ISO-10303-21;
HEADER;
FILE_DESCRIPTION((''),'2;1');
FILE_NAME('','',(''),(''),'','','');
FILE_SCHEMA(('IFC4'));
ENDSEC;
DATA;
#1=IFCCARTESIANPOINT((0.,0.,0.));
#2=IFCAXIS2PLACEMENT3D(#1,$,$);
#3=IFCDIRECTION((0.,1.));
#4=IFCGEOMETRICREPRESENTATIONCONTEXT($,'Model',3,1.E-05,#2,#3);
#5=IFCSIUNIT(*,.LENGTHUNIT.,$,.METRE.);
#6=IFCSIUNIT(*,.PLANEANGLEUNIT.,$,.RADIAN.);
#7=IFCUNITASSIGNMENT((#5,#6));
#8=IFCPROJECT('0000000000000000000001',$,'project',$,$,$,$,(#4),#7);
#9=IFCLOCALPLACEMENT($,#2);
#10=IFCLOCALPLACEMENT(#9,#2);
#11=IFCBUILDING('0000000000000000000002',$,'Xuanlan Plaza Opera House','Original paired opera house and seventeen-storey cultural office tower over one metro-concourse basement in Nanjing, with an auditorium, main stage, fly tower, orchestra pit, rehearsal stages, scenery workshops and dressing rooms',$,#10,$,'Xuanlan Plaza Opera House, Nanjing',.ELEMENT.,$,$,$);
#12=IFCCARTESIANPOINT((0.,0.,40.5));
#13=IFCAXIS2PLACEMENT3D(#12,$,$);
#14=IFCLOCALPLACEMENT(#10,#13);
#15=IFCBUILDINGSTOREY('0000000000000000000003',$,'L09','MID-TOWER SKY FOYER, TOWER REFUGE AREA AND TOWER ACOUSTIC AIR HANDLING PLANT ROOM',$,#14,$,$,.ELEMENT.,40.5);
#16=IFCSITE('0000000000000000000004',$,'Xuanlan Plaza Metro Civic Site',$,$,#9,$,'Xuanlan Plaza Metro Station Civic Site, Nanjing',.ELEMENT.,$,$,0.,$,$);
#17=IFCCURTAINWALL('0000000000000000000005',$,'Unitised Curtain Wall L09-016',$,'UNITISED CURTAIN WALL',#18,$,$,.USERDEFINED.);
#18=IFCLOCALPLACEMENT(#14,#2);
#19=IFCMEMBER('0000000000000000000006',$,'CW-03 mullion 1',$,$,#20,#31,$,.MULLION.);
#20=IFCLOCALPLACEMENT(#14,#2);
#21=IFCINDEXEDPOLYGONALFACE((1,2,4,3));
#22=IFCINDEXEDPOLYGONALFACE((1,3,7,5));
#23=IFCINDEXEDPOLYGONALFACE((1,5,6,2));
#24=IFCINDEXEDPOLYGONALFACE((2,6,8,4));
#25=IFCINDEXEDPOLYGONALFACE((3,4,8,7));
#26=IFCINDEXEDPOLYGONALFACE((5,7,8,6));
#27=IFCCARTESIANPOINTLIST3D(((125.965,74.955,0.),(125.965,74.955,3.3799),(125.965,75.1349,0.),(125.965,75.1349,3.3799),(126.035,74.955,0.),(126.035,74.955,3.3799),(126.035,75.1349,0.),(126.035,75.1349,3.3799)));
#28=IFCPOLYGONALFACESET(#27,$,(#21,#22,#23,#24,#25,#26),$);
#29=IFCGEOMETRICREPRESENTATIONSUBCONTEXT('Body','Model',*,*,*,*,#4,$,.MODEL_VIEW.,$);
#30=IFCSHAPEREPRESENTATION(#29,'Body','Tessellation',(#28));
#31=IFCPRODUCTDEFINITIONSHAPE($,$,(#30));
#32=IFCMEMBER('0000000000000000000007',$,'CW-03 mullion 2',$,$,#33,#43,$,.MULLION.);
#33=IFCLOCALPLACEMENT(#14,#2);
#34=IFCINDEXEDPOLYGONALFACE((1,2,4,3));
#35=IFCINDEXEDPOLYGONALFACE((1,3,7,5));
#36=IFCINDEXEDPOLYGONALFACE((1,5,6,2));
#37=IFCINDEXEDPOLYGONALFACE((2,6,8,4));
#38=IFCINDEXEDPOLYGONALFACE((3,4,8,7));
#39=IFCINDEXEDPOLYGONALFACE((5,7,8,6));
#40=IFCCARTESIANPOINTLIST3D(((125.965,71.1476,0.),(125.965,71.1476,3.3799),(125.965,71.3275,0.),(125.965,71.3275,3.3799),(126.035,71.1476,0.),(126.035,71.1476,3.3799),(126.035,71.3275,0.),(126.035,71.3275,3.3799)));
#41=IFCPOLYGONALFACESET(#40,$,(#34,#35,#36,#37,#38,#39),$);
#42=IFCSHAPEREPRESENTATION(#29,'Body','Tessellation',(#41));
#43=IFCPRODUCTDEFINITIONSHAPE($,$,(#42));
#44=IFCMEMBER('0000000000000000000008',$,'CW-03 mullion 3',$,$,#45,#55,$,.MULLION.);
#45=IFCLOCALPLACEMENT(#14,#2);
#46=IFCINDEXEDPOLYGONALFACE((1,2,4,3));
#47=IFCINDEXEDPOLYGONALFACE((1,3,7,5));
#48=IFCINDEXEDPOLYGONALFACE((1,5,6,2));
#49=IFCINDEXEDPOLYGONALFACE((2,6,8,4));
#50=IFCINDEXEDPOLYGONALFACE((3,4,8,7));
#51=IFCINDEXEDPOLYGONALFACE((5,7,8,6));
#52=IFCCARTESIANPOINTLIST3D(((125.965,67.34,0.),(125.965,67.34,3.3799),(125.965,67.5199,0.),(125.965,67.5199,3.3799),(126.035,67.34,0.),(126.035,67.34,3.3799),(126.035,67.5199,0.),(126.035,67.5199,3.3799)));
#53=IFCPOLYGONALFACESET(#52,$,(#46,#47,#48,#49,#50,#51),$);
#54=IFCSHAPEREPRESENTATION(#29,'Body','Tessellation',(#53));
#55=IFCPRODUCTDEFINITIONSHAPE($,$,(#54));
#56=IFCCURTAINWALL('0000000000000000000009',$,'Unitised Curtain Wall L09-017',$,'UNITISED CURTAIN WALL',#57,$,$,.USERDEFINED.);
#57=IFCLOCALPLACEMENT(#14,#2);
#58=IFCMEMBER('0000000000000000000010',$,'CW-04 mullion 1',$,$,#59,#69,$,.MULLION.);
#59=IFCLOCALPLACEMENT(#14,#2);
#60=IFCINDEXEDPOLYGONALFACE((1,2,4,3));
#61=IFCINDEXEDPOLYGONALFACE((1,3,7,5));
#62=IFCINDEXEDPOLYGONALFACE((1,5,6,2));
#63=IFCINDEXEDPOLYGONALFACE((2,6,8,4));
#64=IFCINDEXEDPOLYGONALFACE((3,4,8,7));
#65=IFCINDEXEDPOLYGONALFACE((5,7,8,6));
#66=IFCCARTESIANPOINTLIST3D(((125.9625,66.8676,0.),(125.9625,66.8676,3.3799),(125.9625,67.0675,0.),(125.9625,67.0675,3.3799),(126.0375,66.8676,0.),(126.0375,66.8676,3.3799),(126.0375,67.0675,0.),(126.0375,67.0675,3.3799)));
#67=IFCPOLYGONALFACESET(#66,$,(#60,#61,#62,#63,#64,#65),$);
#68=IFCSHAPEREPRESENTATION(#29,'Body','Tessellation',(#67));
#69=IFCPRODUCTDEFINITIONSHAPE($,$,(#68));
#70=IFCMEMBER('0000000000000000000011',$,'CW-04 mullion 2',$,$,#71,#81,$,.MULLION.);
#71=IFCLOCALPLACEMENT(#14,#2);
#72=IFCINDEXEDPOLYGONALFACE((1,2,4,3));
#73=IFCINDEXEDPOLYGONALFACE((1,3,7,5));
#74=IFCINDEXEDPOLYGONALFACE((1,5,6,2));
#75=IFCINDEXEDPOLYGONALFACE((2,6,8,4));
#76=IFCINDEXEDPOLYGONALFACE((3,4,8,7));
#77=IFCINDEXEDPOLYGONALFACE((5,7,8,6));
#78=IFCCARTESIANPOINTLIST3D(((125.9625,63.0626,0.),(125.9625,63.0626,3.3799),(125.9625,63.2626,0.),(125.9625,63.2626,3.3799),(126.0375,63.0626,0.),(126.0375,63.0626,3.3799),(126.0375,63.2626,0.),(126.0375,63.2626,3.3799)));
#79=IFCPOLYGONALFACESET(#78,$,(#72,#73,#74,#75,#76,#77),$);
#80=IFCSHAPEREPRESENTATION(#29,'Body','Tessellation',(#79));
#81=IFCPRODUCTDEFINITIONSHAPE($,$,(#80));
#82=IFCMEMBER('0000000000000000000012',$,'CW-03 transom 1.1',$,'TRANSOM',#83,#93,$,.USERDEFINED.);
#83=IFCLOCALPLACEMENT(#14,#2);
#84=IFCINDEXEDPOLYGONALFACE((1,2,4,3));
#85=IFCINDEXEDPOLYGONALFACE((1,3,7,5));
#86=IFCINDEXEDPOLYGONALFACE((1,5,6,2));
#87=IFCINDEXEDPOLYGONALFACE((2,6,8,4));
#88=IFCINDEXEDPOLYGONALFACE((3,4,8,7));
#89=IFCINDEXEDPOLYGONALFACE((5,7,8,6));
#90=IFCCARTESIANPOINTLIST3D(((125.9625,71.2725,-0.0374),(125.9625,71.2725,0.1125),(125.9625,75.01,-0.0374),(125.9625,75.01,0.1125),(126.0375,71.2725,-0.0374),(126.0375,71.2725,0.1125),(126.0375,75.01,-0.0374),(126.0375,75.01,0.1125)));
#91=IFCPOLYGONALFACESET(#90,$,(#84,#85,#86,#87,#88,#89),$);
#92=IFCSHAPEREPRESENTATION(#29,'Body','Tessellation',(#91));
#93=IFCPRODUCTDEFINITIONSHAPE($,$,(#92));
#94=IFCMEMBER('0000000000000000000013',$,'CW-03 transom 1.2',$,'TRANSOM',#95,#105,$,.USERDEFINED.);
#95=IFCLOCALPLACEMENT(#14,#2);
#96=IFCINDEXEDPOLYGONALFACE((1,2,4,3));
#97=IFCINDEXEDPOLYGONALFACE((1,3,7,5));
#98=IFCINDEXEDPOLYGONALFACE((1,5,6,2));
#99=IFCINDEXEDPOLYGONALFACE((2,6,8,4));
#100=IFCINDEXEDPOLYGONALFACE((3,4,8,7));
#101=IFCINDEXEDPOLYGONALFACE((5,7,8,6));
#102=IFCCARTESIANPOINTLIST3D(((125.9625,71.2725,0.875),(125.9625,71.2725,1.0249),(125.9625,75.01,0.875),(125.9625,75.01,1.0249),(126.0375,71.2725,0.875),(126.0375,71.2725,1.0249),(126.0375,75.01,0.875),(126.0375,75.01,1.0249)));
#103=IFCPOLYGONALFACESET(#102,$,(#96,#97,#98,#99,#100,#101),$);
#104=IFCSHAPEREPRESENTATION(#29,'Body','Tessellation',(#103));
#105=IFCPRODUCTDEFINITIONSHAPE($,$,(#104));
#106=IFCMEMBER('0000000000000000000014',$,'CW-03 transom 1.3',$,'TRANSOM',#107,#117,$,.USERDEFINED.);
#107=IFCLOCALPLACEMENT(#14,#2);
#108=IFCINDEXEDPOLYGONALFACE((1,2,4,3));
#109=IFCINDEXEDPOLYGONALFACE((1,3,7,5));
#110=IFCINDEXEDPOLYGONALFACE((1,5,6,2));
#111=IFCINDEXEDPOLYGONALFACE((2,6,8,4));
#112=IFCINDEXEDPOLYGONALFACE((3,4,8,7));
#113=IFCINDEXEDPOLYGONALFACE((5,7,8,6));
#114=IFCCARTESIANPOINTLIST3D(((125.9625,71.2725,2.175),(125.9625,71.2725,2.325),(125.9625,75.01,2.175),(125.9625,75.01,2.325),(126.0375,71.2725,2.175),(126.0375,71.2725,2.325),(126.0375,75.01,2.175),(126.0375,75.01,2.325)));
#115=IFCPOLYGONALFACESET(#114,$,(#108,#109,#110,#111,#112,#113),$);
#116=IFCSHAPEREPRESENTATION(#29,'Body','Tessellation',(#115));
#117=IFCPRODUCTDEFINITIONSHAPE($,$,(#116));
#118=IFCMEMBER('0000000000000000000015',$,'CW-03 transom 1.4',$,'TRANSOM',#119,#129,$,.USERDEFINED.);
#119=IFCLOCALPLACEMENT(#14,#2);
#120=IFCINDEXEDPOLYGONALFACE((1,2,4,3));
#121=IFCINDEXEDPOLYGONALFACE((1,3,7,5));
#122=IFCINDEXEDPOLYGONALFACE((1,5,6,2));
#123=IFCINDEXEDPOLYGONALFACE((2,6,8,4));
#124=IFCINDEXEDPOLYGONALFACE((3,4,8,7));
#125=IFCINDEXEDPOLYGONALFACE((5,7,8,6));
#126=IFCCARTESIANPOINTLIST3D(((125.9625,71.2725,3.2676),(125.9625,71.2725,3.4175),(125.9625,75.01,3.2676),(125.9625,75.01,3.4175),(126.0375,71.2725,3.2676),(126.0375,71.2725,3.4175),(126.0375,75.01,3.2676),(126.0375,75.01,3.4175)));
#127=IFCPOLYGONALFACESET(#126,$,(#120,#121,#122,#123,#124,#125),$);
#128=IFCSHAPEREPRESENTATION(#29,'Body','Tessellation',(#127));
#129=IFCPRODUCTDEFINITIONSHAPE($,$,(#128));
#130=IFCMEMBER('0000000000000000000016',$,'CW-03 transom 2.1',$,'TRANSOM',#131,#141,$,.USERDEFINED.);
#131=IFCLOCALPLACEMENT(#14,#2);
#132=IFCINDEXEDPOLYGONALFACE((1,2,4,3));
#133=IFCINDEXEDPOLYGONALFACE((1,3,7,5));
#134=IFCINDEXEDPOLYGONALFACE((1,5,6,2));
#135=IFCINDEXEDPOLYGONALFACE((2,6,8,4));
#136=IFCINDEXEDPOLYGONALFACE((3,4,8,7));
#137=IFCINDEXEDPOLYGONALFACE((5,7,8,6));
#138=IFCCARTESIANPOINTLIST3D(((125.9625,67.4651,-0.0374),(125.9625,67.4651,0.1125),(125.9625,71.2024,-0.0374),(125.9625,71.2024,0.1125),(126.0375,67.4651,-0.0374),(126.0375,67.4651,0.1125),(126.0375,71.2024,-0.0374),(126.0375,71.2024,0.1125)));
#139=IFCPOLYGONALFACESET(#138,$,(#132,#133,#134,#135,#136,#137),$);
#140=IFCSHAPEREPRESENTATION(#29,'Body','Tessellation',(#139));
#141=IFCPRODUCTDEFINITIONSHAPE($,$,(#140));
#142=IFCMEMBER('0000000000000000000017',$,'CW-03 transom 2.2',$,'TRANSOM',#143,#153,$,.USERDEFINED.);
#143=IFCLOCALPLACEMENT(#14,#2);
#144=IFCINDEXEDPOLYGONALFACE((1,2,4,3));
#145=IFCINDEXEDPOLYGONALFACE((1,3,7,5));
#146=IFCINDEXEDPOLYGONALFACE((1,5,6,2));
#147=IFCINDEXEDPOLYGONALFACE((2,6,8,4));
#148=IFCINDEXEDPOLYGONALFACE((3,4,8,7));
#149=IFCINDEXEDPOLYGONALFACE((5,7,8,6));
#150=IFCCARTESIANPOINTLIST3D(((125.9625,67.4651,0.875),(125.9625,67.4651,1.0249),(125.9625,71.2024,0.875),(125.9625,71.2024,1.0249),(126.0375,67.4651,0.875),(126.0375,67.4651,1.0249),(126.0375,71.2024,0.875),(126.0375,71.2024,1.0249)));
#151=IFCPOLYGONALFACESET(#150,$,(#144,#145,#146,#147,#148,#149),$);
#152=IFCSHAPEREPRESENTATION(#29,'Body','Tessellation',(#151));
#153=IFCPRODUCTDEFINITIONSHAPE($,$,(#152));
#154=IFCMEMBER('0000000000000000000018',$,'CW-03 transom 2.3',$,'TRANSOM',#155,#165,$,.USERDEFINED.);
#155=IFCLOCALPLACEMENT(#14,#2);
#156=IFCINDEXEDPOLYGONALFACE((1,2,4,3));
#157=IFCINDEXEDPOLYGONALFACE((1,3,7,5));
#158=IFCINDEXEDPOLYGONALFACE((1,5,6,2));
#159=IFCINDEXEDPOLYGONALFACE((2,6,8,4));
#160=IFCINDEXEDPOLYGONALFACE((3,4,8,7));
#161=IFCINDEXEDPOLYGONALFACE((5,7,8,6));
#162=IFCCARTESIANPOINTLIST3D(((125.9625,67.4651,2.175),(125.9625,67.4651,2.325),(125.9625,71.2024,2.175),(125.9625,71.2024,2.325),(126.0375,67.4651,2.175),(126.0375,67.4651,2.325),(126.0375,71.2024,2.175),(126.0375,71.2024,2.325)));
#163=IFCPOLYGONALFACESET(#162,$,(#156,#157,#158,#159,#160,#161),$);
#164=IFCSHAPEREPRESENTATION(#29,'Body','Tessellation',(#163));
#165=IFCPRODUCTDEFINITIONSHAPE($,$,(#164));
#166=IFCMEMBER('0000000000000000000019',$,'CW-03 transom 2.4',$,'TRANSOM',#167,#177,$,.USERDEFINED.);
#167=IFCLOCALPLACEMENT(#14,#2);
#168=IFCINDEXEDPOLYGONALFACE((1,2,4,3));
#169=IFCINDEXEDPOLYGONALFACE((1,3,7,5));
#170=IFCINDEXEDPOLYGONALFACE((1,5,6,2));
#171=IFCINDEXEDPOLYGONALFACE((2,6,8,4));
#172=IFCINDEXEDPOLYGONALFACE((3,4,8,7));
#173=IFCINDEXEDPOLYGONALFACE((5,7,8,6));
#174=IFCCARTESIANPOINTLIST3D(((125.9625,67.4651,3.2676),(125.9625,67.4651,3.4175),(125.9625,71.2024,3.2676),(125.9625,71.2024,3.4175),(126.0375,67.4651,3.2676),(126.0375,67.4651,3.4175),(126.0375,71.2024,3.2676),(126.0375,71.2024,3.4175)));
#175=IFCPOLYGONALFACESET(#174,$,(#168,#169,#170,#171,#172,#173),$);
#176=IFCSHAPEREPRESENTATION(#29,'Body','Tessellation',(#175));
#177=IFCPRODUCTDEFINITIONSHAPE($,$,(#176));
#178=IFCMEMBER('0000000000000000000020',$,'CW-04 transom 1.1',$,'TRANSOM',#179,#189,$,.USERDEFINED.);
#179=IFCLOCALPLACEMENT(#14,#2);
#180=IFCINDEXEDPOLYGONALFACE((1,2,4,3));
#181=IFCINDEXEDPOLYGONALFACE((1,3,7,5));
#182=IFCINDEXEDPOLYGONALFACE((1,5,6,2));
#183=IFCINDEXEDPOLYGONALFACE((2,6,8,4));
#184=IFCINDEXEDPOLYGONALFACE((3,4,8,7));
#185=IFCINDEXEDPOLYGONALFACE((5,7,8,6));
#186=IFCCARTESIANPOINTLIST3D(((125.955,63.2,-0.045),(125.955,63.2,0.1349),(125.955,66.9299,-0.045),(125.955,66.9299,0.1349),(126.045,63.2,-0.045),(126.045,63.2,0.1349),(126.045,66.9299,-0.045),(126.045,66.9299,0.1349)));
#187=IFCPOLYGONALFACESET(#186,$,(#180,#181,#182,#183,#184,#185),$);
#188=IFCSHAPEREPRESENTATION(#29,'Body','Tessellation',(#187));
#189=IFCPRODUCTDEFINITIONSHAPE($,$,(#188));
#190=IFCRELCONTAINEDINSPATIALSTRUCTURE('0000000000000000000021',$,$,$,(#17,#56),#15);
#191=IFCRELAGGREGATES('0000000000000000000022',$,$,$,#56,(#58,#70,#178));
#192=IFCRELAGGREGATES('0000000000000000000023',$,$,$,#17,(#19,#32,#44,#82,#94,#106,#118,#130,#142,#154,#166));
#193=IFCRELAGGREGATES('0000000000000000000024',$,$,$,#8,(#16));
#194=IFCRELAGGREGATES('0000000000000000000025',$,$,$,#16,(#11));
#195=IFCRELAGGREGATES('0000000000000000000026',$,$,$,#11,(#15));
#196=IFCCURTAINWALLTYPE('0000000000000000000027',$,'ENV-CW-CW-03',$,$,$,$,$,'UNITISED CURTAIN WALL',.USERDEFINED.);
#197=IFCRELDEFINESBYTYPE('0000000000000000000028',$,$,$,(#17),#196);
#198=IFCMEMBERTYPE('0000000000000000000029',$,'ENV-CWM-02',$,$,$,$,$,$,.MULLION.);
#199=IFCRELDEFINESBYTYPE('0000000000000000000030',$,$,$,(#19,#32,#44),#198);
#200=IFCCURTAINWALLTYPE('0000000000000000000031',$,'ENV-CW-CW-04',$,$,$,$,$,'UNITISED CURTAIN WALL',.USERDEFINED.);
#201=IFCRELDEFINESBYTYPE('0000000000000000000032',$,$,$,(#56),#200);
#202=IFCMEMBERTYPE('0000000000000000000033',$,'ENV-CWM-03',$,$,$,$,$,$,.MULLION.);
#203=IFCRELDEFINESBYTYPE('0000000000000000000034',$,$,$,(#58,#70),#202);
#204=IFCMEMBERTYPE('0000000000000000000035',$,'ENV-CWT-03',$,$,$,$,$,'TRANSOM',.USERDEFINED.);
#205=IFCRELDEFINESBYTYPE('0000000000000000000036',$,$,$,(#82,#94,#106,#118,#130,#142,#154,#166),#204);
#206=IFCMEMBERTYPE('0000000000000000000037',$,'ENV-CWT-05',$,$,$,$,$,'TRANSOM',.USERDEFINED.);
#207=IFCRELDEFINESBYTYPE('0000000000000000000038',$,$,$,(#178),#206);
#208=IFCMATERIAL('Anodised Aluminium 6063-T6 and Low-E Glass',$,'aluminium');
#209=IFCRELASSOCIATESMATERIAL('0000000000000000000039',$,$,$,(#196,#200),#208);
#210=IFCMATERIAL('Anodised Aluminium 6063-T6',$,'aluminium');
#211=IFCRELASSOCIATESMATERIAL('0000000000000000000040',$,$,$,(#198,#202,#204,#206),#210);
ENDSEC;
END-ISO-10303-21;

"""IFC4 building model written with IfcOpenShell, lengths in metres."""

from ifc_helpers import new_model, si_unit, direction, frame, origin, origin_2d, place, context, subcontext, project, spatial, rectangle, extrude, material, material_profile, profile_set, type_object, element, aggregate, save


model = new_model("IFC4")

# Units and contexts
model_context = context("Model", 3, precision=1e-05, world=origin(), true_north=direction((0.0, 1.0)))
body_context = subcontext(model_context, "Body", "Model", "MODEL_VIEW")
ifc_project = project(units=[si_unit("LENGTHUNIT", "METRE"), si_unit("PLANEANGLEUNIT", "RADIAN")], contexts=[model_context])

# Site, building, storey
site_placement = place(None, origin())
site = spatial("IfcSite", under=ifc_project, at=site_placement, Name="Xuanlan Plaza Metro Civic Site", LongName="Xuanlan Plaza Metro Station Civic Site, Nanjing", CompositionType="ELEMENT", RefElevation=0.0)
building_placement = place(site_placement, origin())
building = spatial("IfcBuilding", under=site, at=building_placement, Name="Xuanlan Plaza Opera House", Description="Original paired opera house and seventeen-storey cultural office tower over one metro-concourse basement in Nanjing, with an auditorium, main stage, fly tower, orchestra pit, rehearsal stages, scenery workshops and dressing rooms", LongName="Xuanlan Plaza Opera House, Nanjing", CompositionType="ELEMENT")
storey_placement = place(building_placement, frame((0.0, 0.0, 40.5)))
storey = spatial("IfcBuildingStorey", under=building, at=storey_placement, Name="L09", Description="MID-TOWER SKY FOYER, TOWER REFUGE AREA AND TOWER ACOUSTIC AIR HANDLING PLANT ROOM", CompositionType="ELEMENT", Elevation=40.5)

# Curtain walls, members
ifc_material_1 = material(Name="Anodised Aluminium 6063-T6 and Low-E Glass", Category="aluminium")
curtain_wall_type_1 = type_object("IfcCurtainWallType", Name="ENV-CW-CW-03", ElementType="UNITISED CURTAIN WALL", PredefinedType="USERDEFINED", material=ifc_material_1)
curtain_wall_1_placement = place(storey_placement, origin())
curtain_wall_1 = element("IfcCurtainWall", 1, at=curtain_wall_1_placement, inside=storey, type_object=curtain_wall_type_1, Name="Unitised Curtain Wall L09-016", ObjectType="UNITISED CURTAIN WALL", PredefinedType="USERDEFINED")
ifc_material_2 = material(Name="Anodised Aluminium 6063-T6", Category="aluminium")
ifc_material_profile_1 = material_profile(ifc_material_2, rectangle(XDim=0.0701, YDim=0.1799, at=origin_2d()), Name="ALU-M 70x180")
ifc_profile_set_1 = profile_set([ifc_material_profile_1], Name="Anodised Aluminium 6063-T6")
member_type_1 = type_object("IfcMemberType", Name="ENV-CWM-02", PredefinedType="MULLION", material=ifc_profile_set_1)
member_1_placement = place(storey_placement, frame((126.0, 75.0449, 0.0), z_axis=(0.0, 0.0, 1.0), x_axis=(1.0, 0.0, 0.0)))
member_1 = element("IfcMember", 2, at=member_1_placement, type_object=member_type_1, Name="CW-03 mullion 1", PredefinedType="MULLION", context=body_context, shape_type="SweptSolid", body=[
    extrude(rectangle(XDim=0.0701, YDim=0.1799, at=origin_2d()), origin(), (0.0, 0.0, 1.0), 3.3799),
])
member_2_placement = place(storey_placement, frame((126.0, 71.2375, 0.0), z_axis=(0.0, 0.0, 1.0), x_axis=(1.0, 0.0, 0.0)))
member_2 = element("IfcMember", 3, at=member_2_placement, type_object=member_type_1, Name="CW-03 mullion 2", PredefinedType="MULLION", context=body_context, shape_type="SweptSolid", body=[
    extrude(rectangle(XDim=0.0701, YDim=0.1799, at=origin_2d()), origin(), (0.0, 0.0, 1.0), 3.3799),
])
member_3_placement = place(storey_placement, frame((126.0, 67.4299, 0.0), z_axis=(0.0, 0.0, 1.0), x_axis=(1.0, 0.0, 0.0)))
member_3 = element("IfcMember", 4, at=member_3_placement, type_object=member_type_1, Name="CW-03 mullion 3", PredefinedType="MULLION", context=body_context, shape_type="SweptSolid", body=[
    extrude(rectangle(XDim=0.0701, YDim=0.1799, at=origin_2d()), origin(), (0.0, 0.0, 1.0), 3.3799),
])
curtain_wall_type_2 = type_object("IfcCurtainWallType", Name="ENV-CW-CW-04", ElementType="UNITISED CURTAIN WALL", PredefinedType="USERDEFINED", material=ifc_material_1)
curtain_wall_2_placement = place(storey_placement, origin())
curtain_wall_2 = element("IfcCurtainWall", 5, at=curtain_wall_2_placement, inside=storey, type_object=curtain_wall_type_2, Name="Unitised Curtain Wall L09-017", ObjectType="UNITISED CURTAIN WALL", PredefinedType="USERDEFINED")
ifc_material_profile_2 = material_profile(ifc_material_2, rectangle(XDim=0.075, YDim=0.2, at=origin_2d()), Name="ALU-M 75x200")
ifc_profile_set_2 = profile_set([ifc_material_profile_2], Name="Anodised Aluminium 6063-T6")
member_type_2 = type_object("IfcMemberType", Name="ENV-CWM-03", PredefinedType="MULLION", material=ifc_profile_set_2)
member_4_placement = place(storey_placement, frame((126.0, 66.9675, 0.0), z_axis=(0.0, 0.0, 1.0), x_axis=(1.0, 0.0, 0.0)))
member_4 = element("IfcMember", 6, at=member_4_placement, type_object=member_type_2, Name="CW-04 mullion 1", PredefinedType="MULLION", context=body_context, shape_type="SweptSolid", body=[
    extrude(rectangle(XDim=0.075, YDim=0.2, at=origin_2d()), origin(), (0.0, 0.0, 1.0), 3.3799),
])
member_5_placement = place(storey_placement, frame((126.0, 63.1626, 0.0), z_axis=(0.0, 0.0, 1.0), x_axis=(1.0, 0.0, 0.0)))
member_5 = element("IfcMember", 7, at=member_5_placement, type_object=member_type_2, Name="CW-04 mullion 2", PredefinedType="MULLION", context=body_context, shape_type="SweptSolid", body=[
    extrude(rectangle(XDim=0.075, YDim=0.2, at=origin_2d()), origin(), (0.0, 0.0, 1.0), 3.3799),
])

# Members
ifc_material_profile_3 = material_profile(ifc_material_2, rectangle(XDim=0.075, YDim=0.1499, at=origin_2d()), Name="ALU-T 75x150")
ifc_profile_set_3 = profile_set([ifc_material_profile_3], Name="Anodised Aluminium 6063-T6")
member_type_3 = type_object("IfcMemberType", Name="ENV-CWT-03", ElementType="TRANSOM", PredefinedType="USERDEFINED", material=ifc_profile_set_3)
member_6_placement = place(storey_placement, frame((126.0, 75.01, 0.0376), z_axis=(0.0, -1.0, 0.0), x_axis=(1.0, 0.0, 0.0)))
member_6 = element("IfcMember", 8, at=member_6_placement, type_object=member_type_3, Name="CW-03 transom 1.1", ObjectType="TRANSOM", PredefinedType="USERDEFINED", context=body_context, shape_type="SweptSolid", body=[
    extrude(rectangle(XDim=0.075, YDim=0.1499, at=origin_2d()), origin(), (0.0, 0.0, 1.0), 3.7375),
])
member_7_placement = place(storey_placement, frame((126.0, 75.01, 0.95), z_axis=(0.0, -1.0, 0.0), x_axis=(1.0, 0.0, 0.0)))
member_7 = element("IfcMember", 9, at=member_7_placement, type_object=member_type_3, Name="CW-03 transom 1.2", ObjectType="TRANSOM", PredefinedType="USERDEFINED", context=body_context, shape_type="SweptSolid", body=[
    extrude(rectangle(XDim=0.075, YDim=0.1499, at=origin_2d()), origin(), (0.0, 0.0, 1.0), 3.7375),
])
member_8_placement = place(storey_placement, frame((126.0, 75.01, 2.25), z_axis=(0.0, -1.0, 0.0), x_axis=(1.0, 0.0, 0.0)))
member_8 = element("IfcMember", 10, at=member_8_placement, type_object=member_type_3, Name="CW-03 transom 1.3", ObjectType="TRANSOM", PredefinedType="USERDEFINED", context=body_context, shape_type="SweptSolid", body=[
    extrude(rectangle(XDim=0.075, YDim=0.1499, at=origin_2d()), origin(), (0.0, 0.0, 1.0), 3.7375),
])
member_9_placement = place(storey_placement, frame((126.0, 75.01, 3.3425), z_axis=(0.0, -1.0, 0.0), x_axis=(1.0, 0.0, 0.0)))
member_9 = element("IfcMember", 11, at=member_9_placement, type_object=member_type_3, Name="CW-03 transom 1.4", ObjectType="TRANSOM", PredefinedType="USERDEFINED", context=body_context, shape_type="SweptSolid", body=[
    extrude(rectangle(XDim=0.075, YDim=0.1499, at=origin_2d()), origin(), (0.0, 0.0, 1.0), 3.7375),
])
member_10_placement = place(storey_placement, frame((126.0, 71.2024, 0.0376), z_axis=(0.0, -1.0, 0.0), x_axis=(1.0, 0.0, 0.0)))
member_10 = element("IfcMember", 12, at=member_10_placement, type_object=member_type_3, Name="CW-03 transom 2.1", ObjectType="TRANSOM", PredefinedType="USERDEFINED", context=body_context, shape_type="SweptSolid", body=[
    extrude(rectangle(XDim=0.075, YDim=0.1499, at=origin_2d()), origin(), (0.0, 0.0, 1.0), 3.7373),
])
member_11_placement = place(storey_placement, frame((126.0, 71.2024, 0.95), z_axis=(0.0, -1.0, 0.0), x_axis=(1.0, 0.0, 0.0)))
member_11 = element("IfcMember", 13, at=member_11_placement, type_object=member_type_3, Name="CW-03 transom 2.2", ObjectType="TRANSOM", PredefinedType="USERDEFINED", context=body_context, shape_type="SweptSolid", body=[
    extrude(rectangle(XDim=0.075, YDim=0.1499, at=origin_2d()), origin(), (0.0, 0.0, 1.0), 3.7373),
])
member_12_placement = place(storey_placement, frame((126.0, 71.2024, 2.25), z_axis=(0.0, -1.0, 0.0), x_axis=(1.0, 0.0, 0.0)))
member_12 = element("IfcMember", 14, at=member_12_placement, type_object=member_type_3, Name="CW-03 transom 2.3", ObjectType="TRANSOM", PredefinedType="USERDEFINED", context=body_context, shape_type="SweptSolid", body=[
    extrude(rectangle(XDim=0.075, YDim=0.1499, at=origin_2d()), origin(), (0.0, 0.0, 1.0), 3.7373),
])
member_13_placement = place(storey_placement, frame((126.0, 71.2024, 3.3425), z_axis=(0.0, -1.0, 0.0), x_axis=(1.0, 0.0, 0.0)))
member_13 = element("IfcMember", 15, at=member_13_placement, type_object=member_type_3, Name="CW-03 transom 2.4", ObjectType="TRANSOM", PredefinedType="USERDEFINED", context=body_context, shape_type="SweptSolid", body=[
    extrude(rectangle(XDim=0.075, YDim=0.1499, at=origin_2d()), origin(), (0.0, 0.0, 1.0), 3.7373),
])
ifc_material_profile_4 = material_profile(ifc_material_2, rectangle(XDim=0.0901, YDim=0.1799, at=origin_2d()), Name="ALU-T 90x180")
ifc_profile_set_4 = profile_set([ifc_material_profile_4], Name="Anodised Aluminium 6063-T6")
member_type_4 = type_object("IfcMemberType", Name="ENV-CWT-05", ElementType="TRANSOM", PredefinedType="USERDEFINED", material=ifc_profile_set_4)
member_14_placement = place(storey_placement, frame((126.0, 66.9299, 0.0449), z_axis=(0.0, -1.0, 0.0), x_axis=(1.0, 0.0, 0.0)))
member_14 = element("IfcMember", 16, at=member_14_placement, type_object=member_type_4, Name="CW-04 transom 1.1", ObjectType="TRANSOM", PredefinedType="USERDEFINED", context=body_context, shape_type="SweptSolid", body=[
    extrude(rectangle(XDim=0.0901, YDim=0.1799, at=origin_2d()), origin(), (0.0, 0.0, 1.0), 3.73),
])

aggregate(curtain_wall_2, [member_4, member_5, member_14])
aggregate(curtain_wall_1, [member_1, member_2, member_3, member_6, member_7, member_8, member_9, member_10, member_11, member_12, member_13])

save(model, "model.ifc")
